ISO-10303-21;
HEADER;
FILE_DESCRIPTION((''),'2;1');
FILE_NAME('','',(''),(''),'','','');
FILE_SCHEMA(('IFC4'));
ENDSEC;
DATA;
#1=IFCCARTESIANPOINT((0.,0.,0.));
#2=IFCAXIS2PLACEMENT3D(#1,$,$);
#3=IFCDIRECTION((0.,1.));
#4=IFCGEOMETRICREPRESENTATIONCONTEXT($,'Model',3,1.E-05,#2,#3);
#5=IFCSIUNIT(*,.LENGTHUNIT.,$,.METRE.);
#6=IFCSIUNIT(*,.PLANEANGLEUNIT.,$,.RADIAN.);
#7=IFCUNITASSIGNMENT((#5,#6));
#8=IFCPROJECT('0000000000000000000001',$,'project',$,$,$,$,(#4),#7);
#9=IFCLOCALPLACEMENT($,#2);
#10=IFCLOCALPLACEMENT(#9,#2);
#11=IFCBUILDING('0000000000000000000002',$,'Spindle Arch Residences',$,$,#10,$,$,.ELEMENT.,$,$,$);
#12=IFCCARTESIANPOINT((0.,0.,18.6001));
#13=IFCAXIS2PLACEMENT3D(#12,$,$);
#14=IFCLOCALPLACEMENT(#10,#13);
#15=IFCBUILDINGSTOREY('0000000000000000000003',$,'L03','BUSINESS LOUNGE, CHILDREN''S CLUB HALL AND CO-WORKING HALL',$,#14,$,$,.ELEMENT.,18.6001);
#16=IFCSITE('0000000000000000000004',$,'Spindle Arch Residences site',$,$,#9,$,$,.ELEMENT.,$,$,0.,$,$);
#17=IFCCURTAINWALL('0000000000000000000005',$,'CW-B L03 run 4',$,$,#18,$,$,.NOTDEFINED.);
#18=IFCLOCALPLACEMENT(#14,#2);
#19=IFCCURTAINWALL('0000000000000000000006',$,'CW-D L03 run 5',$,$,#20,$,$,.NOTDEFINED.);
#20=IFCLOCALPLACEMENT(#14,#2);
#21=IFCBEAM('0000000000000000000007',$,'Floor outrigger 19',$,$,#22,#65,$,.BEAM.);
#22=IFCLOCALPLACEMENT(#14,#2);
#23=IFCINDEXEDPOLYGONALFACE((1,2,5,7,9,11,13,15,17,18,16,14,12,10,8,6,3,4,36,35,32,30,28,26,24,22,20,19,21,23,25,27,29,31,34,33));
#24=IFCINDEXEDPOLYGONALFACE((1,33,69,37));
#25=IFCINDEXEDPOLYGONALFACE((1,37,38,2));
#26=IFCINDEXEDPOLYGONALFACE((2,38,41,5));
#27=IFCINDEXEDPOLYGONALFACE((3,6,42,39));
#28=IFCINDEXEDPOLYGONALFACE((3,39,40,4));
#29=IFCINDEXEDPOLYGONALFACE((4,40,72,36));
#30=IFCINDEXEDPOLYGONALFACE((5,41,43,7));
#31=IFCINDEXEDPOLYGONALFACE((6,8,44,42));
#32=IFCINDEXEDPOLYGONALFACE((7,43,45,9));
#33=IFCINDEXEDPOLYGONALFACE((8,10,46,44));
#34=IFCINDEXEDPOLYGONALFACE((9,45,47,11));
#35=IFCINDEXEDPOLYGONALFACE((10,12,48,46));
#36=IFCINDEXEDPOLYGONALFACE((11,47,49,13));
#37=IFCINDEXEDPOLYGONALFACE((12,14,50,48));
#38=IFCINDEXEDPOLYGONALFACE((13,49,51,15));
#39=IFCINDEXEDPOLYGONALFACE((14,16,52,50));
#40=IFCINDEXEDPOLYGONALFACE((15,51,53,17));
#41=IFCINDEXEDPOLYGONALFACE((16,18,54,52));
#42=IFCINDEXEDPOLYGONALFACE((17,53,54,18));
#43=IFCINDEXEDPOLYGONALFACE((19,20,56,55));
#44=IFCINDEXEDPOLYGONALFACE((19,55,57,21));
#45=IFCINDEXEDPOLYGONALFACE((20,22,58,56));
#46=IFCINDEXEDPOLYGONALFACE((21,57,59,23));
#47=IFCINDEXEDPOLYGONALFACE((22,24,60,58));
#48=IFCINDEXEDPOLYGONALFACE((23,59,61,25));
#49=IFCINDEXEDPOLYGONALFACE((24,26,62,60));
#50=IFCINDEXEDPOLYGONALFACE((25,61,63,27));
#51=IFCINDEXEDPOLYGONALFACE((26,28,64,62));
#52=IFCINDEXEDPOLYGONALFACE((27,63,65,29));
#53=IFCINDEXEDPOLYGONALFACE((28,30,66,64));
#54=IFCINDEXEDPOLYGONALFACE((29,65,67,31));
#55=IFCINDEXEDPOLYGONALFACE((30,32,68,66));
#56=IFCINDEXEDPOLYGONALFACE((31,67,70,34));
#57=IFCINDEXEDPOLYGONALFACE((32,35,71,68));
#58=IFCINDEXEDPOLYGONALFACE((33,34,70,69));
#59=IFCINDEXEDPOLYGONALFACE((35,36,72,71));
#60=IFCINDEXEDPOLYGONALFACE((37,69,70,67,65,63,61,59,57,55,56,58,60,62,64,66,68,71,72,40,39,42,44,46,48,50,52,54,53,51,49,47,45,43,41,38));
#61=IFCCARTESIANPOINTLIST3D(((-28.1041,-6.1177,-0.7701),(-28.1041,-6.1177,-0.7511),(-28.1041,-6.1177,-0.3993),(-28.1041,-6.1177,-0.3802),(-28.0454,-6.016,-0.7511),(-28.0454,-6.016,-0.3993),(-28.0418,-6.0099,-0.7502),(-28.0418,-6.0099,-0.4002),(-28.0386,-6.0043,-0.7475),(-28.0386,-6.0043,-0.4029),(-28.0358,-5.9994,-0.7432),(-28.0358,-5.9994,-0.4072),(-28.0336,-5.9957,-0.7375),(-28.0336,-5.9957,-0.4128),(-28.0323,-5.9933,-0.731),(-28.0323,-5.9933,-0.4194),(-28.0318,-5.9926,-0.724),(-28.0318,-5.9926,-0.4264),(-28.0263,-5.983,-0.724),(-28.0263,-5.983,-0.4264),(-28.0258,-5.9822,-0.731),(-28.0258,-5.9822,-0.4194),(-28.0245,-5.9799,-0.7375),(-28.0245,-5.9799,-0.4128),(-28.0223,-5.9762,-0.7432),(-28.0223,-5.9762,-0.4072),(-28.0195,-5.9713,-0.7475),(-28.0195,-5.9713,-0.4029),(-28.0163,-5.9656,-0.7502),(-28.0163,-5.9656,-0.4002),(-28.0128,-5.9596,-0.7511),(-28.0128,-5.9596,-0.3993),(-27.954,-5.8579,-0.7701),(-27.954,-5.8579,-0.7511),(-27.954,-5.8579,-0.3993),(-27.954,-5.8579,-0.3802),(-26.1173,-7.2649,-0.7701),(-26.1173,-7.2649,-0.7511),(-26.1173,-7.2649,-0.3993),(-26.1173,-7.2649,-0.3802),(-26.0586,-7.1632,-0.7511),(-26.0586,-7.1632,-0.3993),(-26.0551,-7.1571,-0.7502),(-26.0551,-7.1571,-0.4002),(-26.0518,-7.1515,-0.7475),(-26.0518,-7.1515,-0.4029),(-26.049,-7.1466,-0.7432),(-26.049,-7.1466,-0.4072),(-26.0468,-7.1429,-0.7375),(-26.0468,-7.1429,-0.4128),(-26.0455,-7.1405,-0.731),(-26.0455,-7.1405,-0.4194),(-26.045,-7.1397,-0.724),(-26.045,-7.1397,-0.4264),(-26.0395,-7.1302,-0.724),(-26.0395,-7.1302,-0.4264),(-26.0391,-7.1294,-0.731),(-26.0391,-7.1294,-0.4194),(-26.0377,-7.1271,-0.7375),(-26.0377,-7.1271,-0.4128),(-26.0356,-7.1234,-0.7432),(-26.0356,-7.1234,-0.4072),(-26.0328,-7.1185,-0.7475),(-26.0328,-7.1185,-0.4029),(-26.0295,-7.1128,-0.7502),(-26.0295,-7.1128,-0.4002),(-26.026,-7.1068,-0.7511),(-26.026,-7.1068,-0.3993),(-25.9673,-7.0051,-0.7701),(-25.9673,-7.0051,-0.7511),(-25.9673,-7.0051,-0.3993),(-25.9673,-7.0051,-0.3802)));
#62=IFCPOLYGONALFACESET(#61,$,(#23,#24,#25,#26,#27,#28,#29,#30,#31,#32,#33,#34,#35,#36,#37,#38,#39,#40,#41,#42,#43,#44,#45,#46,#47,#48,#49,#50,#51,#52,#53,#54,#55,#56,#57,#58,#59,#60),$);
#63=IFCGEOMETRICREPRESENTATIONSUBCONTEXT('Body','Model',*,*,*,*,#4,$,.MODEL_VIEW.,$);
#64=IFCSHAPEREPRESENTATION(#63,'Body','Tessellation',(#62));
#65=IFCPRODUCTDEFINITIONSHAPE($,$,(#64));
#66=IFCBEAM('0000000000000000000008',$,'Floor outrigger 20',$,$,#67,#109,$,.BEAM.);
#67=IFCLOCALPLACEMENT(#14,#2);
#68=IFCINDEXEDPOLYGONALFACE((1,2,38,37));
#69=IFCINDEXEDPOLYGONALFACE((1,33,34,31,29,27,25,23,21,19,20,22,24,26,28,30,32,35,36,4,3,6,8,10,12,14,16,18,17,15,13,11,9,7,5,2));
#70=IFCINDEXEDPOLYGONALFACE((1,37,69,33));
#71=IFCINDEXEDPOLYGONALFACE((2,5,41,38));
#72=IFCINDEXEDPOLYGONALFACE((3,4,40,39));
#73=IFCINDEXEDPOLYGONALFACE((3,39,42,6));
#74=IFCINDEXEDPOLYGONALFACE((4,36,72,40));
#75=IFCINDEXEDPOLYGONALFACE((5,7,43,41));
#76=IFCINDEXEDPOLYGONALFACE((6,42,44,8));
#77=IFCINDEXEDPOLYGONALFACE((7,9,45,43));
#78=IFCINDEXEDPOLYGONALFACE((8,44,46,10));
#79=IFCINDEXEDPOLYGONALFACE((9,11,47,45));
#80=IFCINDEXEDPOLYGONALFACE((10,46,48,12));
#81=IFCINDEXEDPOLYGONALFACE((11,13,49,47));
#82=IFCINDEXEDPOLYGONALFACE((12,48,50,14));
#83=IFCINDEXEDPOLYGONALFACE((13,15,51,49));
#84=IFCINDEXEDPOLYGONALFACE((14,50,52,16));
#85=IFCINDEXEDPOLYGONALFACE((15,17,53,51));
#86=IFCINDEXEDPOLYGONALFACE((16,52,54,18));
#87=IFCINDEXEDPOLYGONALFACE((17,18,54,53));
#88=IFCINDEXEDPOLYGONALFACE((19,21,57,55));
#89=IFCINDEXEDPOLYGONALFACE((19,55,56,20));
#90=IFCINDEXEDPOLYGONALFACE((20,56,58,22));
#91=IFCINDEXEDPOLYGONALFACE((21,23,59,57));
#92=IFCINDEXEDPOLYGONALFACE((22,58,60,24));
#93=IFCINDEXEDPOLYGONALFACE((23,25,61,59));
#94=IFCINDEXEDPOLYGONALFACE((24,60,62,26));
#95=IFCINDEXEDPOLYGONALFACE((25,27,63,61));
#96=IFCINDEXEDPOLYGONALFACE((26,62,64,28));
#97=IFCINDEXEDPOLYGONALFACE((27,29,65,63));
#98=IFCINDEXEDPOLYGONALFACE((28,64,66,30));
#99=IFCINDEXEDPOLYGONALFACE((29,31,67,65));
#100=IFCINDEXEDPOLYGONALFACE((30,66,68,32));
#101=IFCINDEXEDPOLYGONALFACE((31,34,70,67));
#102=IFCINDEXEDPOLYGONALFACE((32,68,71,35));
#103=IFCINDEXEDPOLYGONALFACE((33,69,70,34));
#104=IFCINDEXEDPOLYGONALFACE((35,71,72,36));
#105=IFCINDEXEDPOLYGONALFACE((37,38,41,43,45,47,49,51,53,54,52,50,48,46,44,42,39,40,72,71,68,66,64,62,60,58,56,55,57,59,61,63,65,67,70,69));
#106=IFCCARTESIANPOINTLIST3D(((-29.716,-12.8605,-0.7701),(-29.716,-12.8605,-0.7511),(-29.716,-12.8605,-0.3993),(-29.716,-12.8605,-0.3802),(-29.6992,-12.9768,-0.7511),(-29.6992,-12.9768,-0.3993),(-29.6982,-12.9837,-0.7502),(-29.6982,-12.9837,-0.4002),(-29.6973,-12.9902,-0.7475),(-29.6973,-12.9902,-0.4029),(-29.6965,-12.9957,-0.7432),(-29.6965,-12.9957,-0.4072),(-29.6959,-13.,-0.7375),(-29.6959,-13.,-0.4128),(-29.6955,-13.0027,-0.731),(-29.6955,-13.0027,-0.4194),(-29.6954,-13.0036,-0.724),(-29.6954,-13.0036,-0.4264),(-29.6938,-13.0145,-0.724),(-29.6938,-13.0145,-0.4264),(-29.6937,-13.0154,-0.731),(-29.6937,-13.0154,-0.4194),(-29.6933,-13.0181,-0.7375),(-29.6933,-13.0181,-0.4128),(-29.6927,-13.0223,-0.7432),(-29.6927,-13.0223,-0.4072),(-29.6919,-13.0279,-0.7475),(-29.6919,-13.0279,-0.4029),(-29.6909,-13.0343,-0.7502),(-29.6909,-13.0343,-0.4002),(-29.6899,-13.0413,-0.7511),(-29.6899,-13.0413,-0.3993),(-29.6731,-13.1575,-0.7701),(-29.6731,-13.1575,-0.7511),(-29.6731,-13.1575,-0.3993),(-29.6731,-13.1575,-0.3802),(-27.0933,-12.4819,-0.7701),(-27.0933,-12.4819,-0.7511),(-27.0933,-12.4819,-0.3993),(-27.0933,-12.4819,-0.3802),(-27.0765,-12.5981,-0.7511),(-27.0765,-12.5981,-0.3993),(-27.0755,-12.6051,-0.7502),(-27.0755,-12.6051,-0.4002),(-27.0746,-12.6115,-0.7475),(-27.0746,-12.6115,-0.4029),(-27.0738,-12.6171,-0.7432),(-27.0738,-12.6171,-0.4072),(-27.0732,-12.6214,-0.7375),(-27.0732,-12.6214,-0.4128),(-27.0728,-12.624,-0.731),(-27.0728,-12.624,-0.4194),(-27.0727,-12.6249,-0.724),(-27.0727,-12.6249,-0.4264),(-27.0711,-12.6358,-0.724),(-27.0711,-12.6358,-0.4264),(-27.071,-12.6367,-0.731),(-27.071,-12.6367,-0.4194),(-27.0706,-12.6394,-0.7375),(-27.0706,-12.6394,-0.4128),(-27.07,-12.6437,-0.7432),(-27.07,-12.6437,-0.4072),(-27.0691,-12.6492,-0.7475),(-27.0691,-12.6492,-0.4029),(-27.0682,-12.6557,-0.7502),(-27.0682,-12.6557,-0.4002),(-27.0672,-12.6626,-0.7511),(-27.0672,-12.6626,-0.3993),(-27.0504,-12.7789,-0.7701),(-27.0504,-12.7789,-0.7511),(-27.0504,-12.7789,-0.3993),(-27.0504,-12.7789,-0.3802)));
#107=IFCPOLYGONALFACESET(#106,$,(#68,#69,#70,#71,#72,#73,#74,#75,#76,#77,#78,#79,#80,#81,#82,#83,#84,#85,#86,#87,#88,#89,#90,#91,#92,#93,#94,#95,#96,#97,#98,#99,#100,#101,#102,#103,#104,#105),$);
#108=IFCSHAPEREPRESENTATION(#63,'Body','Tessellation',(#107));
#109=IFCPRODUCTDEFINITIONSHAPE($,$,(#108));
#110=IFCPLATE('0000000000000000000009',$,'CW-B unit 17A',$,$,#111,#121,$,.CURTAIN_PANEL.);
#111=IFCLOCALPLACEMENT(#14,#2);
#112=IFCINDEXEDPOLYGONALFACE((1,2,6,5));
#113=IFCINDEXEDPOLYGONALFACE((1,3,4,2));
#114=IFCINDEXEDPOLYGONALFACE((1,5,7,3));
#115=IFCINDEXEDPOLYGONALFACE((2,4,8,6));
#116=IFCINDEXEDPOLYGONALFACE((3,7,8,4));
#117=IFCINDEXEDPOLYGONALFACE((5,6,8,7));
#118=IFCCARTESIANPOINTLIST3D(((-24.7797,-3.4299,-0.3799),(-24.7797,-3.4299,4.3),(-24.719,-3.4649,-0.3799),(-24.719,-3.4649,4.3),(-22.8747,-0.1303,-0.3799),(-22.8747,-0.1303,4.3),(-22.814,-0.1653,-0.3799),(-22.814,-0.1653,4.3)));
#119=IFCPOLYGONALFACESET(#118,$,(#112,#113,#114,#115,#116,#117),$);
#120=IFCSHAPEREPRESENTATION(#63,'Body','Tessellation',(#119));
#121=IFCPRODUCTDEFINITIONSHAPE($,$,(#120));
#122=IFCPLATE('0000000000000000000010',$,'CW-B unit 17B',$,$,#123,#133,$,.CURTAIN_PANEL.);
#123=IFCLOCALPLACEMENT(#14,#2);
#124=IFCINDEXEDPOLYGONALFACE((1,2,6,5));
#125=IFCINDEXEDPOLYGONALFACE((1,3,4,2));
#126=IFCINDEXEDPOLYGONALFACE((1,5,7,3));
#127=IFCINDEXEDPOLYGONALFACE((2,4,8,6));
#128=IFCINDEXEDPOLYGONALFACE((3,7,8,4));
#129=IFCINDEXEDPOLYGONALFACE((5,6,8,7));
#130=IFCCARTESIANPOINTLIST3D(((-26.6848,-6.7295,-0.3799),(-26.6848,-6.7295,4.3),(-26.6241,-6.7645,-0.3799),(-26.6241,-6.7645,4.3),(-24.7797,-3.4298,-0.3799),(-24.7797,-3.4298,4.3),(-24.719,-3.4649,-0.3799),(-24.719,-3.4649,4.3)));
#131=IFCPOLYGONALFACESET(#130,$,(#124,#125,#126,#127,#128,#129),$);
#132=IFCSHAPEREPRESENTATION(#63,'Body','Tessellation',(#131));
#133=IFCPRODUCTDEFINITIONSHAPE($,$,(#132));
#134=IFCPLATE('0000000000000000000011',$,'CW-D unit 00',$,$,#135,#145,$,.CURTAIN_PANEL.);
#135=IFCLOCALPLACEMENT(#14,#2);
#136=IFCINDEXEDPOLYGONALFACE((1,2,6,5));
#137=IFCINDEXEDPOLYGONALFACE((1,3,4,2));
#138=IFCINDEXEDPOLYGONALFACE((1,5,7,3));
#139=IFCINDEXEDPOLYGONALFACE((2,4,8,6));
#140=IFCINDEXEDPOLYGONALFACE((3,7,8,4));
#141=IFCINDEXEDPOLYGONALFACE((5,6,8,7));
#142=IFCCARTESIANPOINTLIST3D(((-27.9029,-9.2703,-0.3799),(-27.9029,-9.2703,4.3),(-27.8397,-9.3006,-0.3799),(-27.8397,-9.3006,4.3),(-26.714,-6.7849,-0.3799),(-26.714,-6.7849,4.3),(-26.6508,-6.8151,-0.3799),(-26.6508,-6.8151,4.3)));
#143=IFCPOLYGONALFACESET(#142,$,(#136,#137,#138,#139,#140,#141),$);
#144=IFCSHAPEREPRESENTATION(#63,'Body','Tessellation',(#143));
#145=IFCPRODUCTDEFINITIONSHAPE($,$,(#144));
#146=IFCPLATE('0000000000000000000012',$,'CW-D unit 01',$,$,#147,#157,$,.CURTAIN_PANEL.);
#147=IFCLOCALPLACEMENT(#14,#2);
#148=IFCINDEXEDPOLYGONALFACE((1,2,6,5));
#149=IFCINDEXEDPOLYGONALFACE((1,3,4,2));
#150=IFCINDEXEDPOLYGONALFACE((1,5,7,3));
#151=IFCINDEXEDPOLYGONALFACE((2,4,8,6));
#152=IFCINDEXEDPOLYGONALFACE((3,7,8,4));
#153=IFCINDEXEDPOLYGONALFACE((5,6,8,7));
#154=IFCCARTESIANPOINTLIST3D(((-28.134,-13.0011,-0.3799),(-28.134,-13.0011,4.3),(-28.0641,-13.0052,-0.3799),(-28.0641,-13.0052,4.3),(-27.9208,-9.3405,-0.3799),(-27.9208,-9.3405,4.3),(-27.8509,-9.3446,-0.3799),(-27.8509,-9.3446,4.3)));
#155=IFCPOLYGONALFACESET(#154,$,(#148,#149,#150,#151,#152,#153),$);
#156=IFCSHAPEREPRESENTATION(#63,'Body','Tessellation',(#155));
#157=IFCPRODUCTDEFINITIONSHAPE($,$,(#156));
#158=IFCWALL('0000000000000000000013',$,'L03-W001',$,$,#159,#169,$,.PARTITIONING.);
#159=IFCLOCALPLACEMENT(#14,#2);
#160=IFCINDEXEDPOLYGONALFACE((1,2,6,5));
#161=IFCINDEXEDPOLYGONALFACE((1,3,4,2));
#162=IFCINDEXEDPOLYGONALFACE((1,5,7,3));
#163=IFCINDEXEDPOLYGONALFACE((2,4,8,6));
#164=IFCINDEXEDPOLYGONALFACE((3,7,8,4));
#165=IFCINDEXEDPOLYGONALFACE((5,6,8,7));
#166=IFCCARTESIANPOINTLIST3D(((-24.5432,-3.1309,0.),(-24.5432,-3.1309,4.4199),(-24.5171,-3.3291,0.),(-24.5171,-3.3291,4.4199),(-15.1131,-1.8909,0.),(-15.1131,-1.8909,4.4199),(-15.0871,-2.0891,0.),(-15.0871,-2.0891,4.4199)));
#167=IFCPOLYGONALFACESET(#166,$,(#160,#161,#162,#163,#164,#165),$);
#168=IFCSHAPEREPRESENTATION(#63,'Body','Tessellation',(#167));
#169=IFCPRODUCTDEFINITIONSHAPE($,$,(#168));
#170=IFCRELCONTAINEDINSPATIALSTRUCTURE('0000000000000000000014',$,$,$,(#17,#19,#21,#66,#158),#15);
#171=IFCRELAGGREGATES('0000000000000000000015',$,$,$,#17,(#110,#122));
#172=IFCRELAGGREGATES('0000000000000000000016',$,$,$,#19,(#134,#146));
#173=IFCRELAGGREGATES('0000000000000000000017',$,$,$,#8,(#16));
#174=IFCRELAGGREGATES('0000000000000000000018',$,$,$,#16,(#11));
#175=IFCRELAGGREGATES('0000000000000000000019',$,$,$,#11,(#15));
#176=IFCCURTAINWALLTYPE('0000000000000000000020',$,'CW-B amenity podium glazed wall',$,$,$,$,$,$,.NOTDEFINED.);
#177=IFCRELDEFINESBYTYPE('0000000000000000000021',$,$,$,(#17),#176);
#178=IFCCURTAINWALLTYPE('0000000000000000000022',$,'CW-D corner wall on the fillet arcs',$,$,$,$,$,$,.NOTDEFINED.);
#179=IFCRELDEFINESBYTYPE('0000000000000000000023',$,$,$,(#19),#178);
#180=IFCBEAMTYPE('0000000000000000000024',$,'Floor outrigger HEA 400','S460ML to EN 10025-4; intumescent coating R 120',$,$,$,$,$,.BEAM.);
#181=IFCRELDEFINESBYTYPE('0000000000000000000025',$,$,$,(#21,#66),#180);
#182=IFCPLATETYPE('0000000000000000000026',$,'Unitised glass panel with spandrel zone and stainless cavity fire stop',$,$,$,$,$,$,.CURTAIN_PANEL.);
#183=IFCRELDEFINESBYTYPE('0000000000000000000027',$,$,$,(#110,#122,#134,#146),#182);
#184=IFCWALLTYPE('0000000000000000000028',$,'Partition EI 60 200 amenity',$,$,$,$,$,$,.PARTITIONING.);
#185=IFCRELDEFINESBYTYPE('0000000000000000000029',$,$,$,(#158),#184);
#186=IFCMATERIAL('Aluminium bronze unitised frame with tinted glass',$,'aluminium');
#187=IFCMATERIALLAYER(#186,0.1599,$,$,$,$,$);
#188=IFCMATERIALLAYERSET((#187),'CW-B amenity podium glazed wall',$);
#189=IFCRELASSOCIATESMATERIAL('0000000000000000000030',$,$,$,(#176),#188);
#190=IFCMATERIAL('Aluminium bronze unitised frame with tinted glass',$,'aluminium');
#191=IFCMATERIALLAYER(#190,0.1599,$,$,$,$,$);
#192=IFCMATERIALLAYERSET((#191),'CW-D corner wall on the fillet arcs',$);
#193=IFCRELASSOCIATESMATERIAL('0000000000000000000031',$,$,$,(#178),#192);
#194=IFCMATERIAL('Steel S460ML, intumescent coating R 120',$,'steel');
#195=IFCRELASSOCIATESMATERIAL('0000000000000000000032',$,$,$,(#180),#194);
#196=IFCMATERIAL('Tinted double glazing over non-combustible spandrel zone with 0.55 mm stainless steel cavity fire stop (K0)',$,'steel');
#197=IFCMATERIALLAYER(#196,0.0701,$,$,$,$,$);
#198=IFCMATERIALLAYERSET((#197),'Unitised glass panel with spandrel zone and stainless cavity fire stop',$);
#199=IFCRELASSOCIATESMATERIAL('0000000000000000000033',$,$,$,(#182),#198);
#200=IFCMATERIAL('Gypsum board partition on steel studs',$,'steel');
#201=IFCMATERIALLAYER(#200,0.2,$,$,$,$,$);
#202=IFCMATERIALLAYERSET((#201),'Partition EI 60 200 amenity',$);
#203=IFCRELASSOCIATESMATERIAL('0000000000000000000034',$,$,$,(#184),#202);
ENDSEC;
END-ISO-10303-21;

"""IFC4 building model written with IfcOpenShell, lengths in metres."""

from ifc_helpers import new_model, si_unit, direction, frame, frame_2d, origin, origin_2d, place, context, subcontext, project, spatial, rectangle, i_section, extrude, material, layer, layer_set, material_profile, profile_set, type_object, element, aggregate, save


model = new_model("IFC4")

# Units and contexts
model_context = context("Model", 3, precision=1e-05, world=origin(), true_north=direction((0.0, 1.0)))
body_context = subcontext(model_context, "Body", "Model", "MODEL_VIEW")
ifc_project = project(units=[si_unit("LENGTHUNIT", "METRE"), si_unit("PLANEANGLEUNIT", "RADIAN")], contexts=[model_context])

# Site, building, storey
site_placement = place(None, origin())
site = spatial("IfcSite", under=ifc_project, at=site_placement, Name="Spindle Arch Residences site", CompositionType="ELEMENT", RefElevation=0.0)
building_placement = place(site_placement, origin())
building = spatial("IfcBuilding", under=site, at=building_placement, Name="Spindle Arch Residences", CompositionType="ELEMENT")
storey_placement = place(building_placement, frame((0.0, 0.0, 18.6001)))
storey = spatial("IfcBuildingStorey", under=building, at=storey_placement, Name="L03", Description="BUSINESS LOUNGE, CHILDREN'S CLUB HALL AND CO-WORKING HALL", CompositionType="ELEMENT", Elevation=18.6001)

# Curtain wall
ifc_material_1 = material(Name="Aluminium bronze unitised frame with tinted glass", Category="aluminium")
ifc_layer_1 = layer(ifc_material_1, 0.1599)
ifc_layer_set_1 = layer_set([ifc_layer_1], Name="CW-B amenity podium glazed wall")
curtain_wall_type_1 = type_object("IfcCurtainWallType", Name="CW-B amenity podium glazed wall", PredefinedType="NOTDEFINED", material=ifc_layer_set_1)
curtain_wall_1_placement = place(storey_placement, origin())
curtain_wall_1 = element("IfcCurtainWall", 1, at=curtain_wall_1_placement, inside=storey, type_object=curtain_wall_type_1, Name="CW-B L03 run 4", PredefinedType="NOTDEFINED")

# Curtain wall
ifc_material_2 = material(Name="Aluminium bronze unitised frame with tinted glass", Category="aluminium")
ifc_layer_2 = layer(ifc_material_2, 0.1599)
ifc_layer_set_2 = layer_set([ifc_layer_2], Name="CW-D corner wall on the fillet arcs")
curtain_wall_type_2 = type_object("IfcCurtainWallType", Name="CW-D corner wall on the fillet arcs", PredefinedType="NOTDEFINED", material=ifc_layer_set_2)
curtain_wall_2_placement = place(storey_placement, origin())
curtain_wall_2 = element("IfcCurtainWall", 2, at=curtain_wall_2_placement, inside=storey, type_object=curtain_wall_type_2, Name="CW-D L03 run 5", PredefinedType="NOTDEFINED")

# Beams
ifc_material_3 = material(Name="Steel S460ML, intumescent coating R 120", Category="steel")
ifc_material_profile_1 = material_profile(ifc_material_3, i_section(OverallWidth=0.3, OverallDepth=0.3899, WebThickness=0.011, FlangeThickness=0.019, FilletRadius=0.0271, at=origin_2d()), Name="HEA 400")
ifc_profile_set_1 = profile_set([ifc_material_profile_1], Name="Steel S460ML, intumescent coating R 120")
beam_type_1 = type_object("IfcBeamType", Name="Floor outrigger HEA 400", Description="S460ML to EN 10025-4; intumescent coating R 120", PredefinedType="BEAM", material=ifc_profile_set_1)
beam_1_placement = place(storey_placement, frame((-28.0291, -5.9878, -0.5752), z_axis=(0.866001, -0.500042, 0.0), x_axis=(0.500042, 0.866001, 0.0)))
element("IfcBeam", 3, at=beam_1_placement, inside=storey, type_object=beam_type_1, Name="Floor outrigger 19", PredefinedType="BEAM", context=body_context, shape_type="SweptSolid", body=[
    extrude(i_section(OverallWidth=0.3, OverallDepth=0.3899, WebThickness=0.011, FlangeThickness=0.019, FilletRadius=0.0271, at=origin_2d()), origin(), (0.0, 0.0, 1.0), 2.2942),
])
beam_2_placement = place(storey_placement, frame((-29.6946, -13.009, -0.5752), z_axis=(0.989738, 0.142892, 0.0), x_axis=(-0.142892, 0.989738, 0.0)))
element("IfcBeam", 4, at=beam_2_placement, inside=storey, type_object=beam_type_1, Name="Floor outrigger 20", PredefinedType="BEAM", context=body_context, shape_type="SweptSolid", body=[
    extrude(i_section(OverallWidth=0.3, OverallDepth=0.3899, WebThickness=0.011, FlangeThickness=0.019, FilletRadius=0.0271, at=origin_2d()), origin(), (0.0, 0.0, 1.0), 2.6499),
])

# Plates
ifc_material_4 = material(Name="Tinted double glazing over non-combustible spandrel zone with 0.55 mm stainless steel cavity fire stop (K0)", Category="steel")
ifc_layer_3 = layer(ifc_material_4, 0.0701)
ifc_layer_set_3 = layer_set([ifc_layer_3], Name="Unitised glass panel with spandrel zone and stainless cavity fire stop")
plate_type = type_object("IfcPlateType", Name="Unitised glass panel with spandrel zone and stainless cavity fire stop", PredefinedType="CURTAIN_PANEL", material=ifc_layer_set_3)
plate_1_placement = place(storey_placement, frame((-23.7969, -1.7976, -0.3799), z_axis=(0.0, 0.0, 1.0), x_axis=(-0.5, -0.866025, 0.0)))
plate_1 = element("IfcPlate", 5, at=plate_1_placement, type_object=plate_type, Name="CW-B unit 17A", PredefinedType="CURTAIN_PANEL", context=body_context, shape_type="SweptSolid", body=[
    extrude(rectangle(XDim=3.8101, YDim=0.0701, at=origin_2d()), origin(), (0.0, 0.0, 1.0), 4.6799),
])
plate_2_placement = place(storey_placement, frame((-25.7019, -5.0972, -0.3799), z_axis=(0.0, 0.0, 1.0), x_axis=(-0.5, -0.866025, 0.0)))
plate_2 = element("IfcPlate", 6, at=plate_2_placement, type_object=plate_type, Name="CW-B unit 17B", PredefinedType="CURTAIN_PANEL", context=body_context, shape_type="SweptSolid", body=[
    extrude(rectangle(XDim=3.8101, YDim=0.0701, at=origin_2d()), origin(), (0.0, 0.0, 1.0), 4.6799),
])
aggregate(curtain_wall_1, [plate_1, plate_2])
plate_3_placement = place(storey_placement, frame((-27.2769, -8.0427, -0.3799), z_axis=(0.0, 0.0, 1.0), x_axis=(-0.431502, -0.902112, 0.0)))
plate_3 = element("IfcPlate", 7, at=plate_3_placement, type_object=plate_type, Name="CW-D unit 00", PredefinedType="CURTAIN_PANEL", context=body_context, shape_type="SweptSolid", body=[
    extrude(rectangle(XDim=2.7551, YDim=0.0701, at=origin_2d()), origin(), (0.0, 0.0, 1.0), 4.6799),
])
plate_4_placement = place(storey_placement, frame((-27.9924, -11.1729, -0.3799), z_axis=(0.0, 0.0, 1.0), x_axis=(-0.058145, -0.998308, 0.0)))
plate_4 = element("IfcPlate", 8, at=plate_4_placement, type_object=plate_type, Name="CW-D unit 01", PredefinedType="CURTAIN_PANEL", context=body_context, shape_type="SweptSolid", body=[
    extrude(rectangle(XDim=3.6667, YDim=0.0701, at=origin_2d()), origin(), (0.0, 0.0, 1.0), 4.6799),
])
aggregate(curtain_wall_2, [plate_3, plate_4])

# Wall
ifc_material_5 = material(Name="Gypsum board partition on steel studs", Category="steel")
ifc_layer_4 = layer(ifc_material_5, 0.2)
ifc_layer_set_4 = layer_set([ifc_layer_4], Name="Partition EI 60 200 amenity")
wall_type = type_object("IfcWallType", Name="Partition EI 60 200 amenity", PredefinedType="PARTITIONING", material=ifc_layer_set_4)
wall_1_placement = place(storey_placement, frame((-15.1001, -1.99, 0.0), z_axis=(0.0, 0.0, 1.0), x_axis=(-0.991465, -0.130373, 0.0)))
element("IfcWall", 9, at=wall_1_placement, inside=storey, type_object=wall_type, Name="L03-W001", PredefinedType="PARTITIONING", context=body_context, shape_type="SweptSolid", body=[
    extrude(rectangle(XDim=9.5112, YDim=0.2, at=frame_2d((4.7556, 0.0))), origin(), (0.0, 0.0, 1.0), 4.4199),
])

save(model, "model.ifc")
